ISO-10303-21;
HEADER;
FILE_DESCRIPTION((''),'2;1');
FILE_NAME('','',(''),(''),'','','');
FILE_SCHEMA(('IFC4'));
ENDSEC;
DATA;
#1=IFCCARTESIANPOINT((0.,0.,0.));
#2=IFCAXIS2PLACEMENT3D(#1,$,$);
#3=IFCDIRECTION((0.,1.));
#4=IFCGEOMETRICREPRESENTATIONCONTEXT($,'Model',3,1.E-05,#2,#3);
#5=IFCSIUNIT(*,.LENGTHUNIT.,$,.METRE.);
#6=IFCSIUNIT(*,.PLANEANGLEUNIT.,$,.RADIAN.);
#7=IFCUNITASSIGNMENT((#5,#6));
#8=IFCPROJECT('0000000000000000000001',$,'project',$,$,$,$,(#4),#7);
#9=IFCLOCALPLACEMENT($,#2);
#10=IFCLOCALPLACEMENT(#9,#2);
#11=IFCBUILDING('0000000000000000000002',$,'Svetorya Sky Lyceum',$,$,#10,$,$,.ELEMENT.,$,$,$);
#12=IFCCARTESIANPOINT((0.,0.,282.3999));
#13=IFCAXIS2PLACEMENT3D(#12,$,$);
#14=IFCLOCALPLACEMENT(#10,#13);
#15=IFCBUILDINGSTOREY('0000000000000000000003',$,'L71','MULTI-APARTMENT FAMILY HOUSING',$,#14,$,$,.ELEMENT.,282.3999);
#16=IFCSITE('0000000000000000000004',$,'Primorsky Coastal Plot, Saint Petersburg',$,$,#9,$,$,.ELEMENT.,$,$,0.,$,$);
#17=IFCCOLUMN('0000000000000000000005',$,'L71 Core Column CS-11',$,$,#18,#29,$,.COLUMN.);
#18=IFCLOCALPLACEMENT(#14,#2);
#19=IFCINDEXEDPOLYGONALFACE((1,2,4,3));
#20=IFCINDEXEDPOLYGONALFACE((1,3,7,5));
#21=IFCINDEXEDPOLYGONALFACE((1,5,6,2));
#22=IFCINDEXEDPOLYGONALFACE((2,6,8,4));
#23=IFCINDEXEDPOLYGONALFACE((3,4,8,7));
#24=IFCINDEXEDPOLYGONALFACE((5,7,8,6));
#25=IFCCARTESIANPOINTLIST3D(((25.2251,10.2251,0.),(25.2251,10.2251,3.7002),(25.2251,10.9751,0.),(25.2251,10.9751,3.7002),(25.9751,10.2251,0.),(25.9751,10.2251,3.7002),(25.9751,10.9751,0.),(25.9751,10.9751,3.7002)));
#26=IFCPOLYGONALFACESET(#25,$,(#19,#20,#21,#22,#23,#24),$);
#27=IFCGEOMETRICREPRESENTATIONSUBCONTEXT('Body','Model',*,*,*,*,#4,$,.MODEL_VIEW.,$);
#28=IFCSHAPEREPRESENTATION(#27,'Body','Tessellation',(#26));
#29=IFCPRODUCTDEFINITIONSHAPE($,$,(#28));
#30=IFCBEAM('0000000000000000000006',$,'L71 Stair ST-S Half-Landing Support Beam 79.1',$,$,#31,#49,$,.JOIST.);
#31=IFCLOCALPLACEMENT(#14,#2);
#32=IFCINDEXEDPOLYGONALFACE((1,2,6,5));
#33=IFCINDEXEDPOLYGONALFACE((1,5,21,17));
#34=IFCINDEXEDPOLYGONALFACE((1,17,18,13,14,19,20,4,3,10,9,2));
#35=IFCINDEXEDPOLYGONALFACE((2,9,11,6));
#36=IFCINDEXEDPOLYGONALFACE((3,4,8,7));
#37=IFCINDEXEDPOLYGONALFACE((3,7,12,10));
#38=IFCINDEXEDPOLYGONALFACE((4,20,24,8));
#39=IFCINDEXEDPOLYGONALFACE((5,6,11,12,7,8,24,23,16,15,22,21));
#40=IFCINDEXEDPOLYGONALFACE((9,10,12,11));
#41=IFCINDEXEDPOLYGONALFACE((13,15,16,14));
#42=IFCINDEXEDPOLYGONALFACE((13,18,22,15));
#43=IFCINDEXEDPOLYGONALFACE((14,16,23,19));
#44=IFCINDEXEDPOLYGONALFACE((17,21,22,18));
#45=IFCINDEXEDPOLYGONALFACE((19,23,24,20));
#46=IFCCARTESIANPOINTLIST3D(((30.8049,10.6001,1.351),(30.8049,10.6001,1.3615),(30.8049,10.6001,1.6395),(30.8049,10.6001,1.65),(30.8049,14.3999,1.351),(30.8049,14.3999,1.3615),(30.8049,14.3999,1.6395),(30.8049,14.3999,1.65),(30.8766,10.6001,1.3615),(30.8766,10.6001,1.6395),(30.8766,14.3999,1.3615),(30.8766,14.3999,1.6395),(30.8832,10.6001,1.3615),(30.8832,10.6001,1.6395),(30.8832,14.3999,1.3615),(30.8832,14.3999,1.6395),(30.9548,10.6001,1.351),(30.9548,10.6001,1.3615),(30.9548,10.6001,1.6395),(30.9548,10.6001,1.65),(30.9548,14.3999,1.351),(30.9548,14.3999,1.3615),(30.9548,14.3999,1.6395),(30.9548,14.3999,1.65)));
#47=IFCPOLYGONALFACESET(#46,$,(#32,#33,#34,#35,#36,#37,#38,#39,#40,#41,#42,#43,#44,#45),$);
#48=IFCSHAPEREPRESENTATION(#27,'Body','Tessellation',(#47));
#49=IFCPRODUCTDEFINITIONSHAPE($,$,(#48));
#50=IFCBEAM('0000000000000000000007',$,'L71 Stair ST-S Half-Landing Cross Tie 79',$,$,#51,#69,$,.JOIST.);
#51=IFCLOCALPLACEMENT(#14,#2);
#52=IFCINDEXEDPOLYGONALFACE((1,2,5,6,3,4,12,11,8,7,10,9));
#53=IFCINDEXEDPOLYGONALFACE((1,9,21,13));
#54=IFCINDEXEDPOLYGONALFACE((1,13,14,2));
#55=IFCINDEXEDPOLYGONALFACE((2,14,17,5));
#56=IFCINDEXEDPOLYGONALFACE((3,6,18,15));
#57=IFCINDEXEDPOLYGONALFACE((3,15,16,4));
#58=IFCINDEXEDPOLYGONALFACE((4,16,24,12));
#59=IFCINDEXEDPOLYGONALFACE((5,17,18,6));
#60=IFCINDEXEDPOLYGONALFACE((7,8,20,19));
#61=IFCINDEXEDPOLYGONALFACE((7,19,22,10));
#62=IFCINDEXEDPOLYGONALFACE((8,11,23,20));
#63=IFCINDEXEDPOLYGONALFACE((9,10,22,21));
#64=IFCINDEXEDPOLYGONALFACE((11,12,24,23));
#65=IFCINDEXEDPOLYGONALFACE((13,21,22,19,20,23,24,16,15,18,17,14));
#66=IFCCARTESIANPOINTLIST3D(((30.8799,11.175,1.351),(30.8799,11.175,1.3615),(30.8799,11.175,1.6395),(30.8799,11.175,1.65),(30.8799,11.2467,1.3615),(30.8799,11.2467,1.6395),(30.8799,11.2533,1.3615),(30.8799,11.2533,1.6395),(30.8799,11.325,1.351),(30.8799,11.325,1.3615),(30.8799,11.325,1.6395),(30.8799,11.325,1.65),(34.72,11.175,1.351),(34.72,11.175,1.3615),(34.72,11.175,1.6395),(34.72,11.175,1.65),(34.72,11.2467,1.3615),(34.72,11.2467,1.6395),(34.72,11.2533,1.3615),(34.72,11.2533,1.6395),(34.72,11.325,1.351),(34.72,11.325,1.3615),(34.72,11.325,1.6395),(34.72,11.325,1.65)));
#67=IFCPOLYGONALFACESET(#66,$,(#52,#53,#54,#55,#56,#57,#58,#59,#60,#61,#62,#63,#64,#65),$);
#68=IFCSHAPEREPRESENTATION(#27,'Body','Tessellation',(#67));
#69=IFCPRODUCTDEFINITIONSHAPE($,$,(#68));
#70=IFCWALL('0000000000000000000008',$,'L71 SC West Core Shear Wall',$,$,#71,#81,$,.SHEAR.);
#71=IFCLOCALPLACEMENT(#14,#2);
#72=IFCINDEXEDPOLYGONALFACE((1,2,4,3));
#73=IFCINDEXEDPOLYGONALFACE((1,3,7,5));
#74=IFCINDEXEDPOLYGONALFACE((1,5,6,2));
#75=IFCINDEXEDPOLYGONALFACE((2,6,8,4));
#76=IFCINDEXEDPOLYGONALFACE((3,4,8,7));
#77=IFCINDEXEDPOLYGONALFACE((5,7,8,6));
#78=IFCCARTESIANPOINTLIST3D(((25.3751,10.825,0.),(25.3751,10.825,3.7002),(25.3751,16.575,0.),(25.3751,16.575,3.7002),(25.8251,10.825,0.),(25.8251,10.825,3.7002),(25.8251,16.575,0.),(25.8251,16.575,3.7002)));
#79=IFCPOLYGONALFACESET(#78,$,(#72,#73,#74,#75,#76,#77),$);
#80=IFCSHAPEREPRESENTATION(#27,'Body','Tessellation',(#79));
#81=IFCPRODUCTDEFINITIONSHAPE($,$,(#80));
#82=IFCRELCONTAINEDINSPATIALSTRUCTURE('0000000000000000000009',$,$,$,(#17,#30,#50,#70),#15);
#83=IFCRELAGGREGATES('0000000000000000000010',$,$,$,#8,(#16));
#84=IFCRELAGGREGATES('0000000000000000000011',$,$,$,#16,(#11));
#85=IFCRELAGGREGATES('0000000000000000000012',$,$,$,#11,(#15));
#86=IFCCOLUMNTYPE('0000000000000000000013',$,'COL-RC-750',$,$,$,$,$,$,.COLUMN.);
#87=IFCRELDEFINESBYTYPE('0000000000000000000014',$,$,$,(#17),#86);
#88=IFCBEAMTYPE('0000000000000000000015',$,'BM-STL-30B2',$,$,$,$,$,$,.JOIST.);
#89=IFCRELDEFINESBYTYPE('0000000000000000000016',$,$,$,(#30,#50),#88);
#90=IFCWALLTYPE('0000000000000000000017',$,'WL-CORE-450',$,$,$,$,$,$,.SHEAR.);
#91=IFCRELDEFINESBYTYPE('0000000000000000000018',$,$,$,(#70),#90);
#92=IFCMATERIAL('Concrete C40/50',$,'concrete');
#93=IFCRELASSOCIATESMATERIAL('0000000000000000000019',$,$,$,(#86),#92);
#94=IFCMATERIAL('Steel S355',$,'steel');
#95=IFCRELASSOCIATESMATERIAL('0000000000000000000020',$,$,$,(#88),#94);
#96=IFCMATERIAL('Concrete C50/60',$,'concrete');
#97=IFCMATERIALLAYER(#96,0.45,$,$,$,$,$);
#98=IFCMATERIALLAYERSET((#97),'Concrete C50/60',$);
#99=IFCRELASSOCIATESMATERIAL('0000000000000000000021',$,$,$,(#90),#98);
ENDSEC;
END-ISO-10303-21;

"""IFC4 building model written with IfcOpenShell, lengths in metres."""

from ifc_helpers import new_model, si_unit, direction, frame, frame_2d, origin, origin_2d, place, context, subcontext, project, spatial, rectangle, i_section, extrude, material, layer, layer_set, material_profile, profile_set, type_object, element, save


model = new_model("IFC4")

# Units and contexts
model_context = context("Model", 3, precision=1e-05, world=origin(), true_north=direction((0.0, 1.0)))
body_context = subcontext(model_context, "Body", "Model", "MODEL_VIEW")
ifc_project = project(units=[si_unit("LENGTHUNIT", "METRE"), si_unit("PLANEANGLEUNIT", "RADIAN")], contexts=[model_context])

# Site, building, storey
site_placement = place(None, origin())
site = spatial("IfcSite", under=ifc_project, at=site_placement, Name="Primorsky Coastal Plot, Saint Petersburg", CompositionType="ELEMENT", RefElevation=0.0)
building_placement = place(site_placement, origin())
building = spatial("IfcBuilding", under=site, at=building_placement, Name="Svetorya Sky Lyceum", CompositionType="ELEMENT")
storey_placement = place(building_placement, frame((0.0, 0.0, 282.3999)))
storey = spatial("IfcBuildingStorey", under=building, at=storey_placement, Name="L71", Description="MULTI-APARTMENT FAMILY HOUSING", CompositionType="ELEMENT", Elevation=282.3999)

# Column
ifc_material_1 = material(Name="Concrete C40/50", Category="concrete")
ifc_material_profile_1 = material_profile(ifc_material_1, rectangle(XDim=0.75, YDim=0.75, at=origin_2d()), Name="RC COL 750x750")
ifc_profile_set_1 = profile_set([ifc_material_profile_1], Name="Concrete C40/50")
column_type = type_object("IfcColumnType", Name="COL-RC-750", PredefinedType="COLUMN", material=ifc_profile_set_1)
column_placement = place(storey_placement, frame((25.6001, 10.6001, 0.0), z_axis=(0.0, 0.0, 1.0), x_axis=(1.0, 0.0, 0.0)))
element("IfcColumn", 1, at=column_placement, inside=storey, type_object=column_type, Name="L71 Core Column CS-11", PredefinedType="COLUMN", context=body_context, shape_type="SweptSolid", body=[
    extrude(rectangle(XDim=0.75, YDim=0.75, at=origin_2d()), origin(), (0.0, 0.0, 1.0), 3.7002),
])

# Beams
ifc_material_2 = material(Name="Steel S355", Category="steel")
ifc_material_profile_2 = material_profile(ifc_material_2, i_section(OverallWidth=0.1499, OverallDepth=0.2991, WebThickness=0.0066, FlangeThickness=0.0105, at=origin_2d()), Name="GOST 30B2")
ifc_profile_set_2 = profile_set([ifc_material_profile_2], Name="Steel S355")
beam_type = type_object("IfcBeamType", Name="BM-STL-30B2", PredefinedType="JOIST", material=ifc_profile_set_2)
beam_1_placement = place(storey_placement, frame((30.8799, 10.6001, 1.5005), z_axis=(0.0, 1.0, 0.0), x_axis=(-1.0, 0.0, 0.0)))
element("IfcBeam", 2, at=beam_1_placement, inside=storey, type_object=beam_type, Name="L71 Stair ST-S Half-Landing Support Beam 79.1", PredefinedType="JOIST", context=body_context, shape_type="SweptSolid", body=[
    extrude(i_section(OverallWidth=0.1499, OverallDepth=0.2991, WebThickness=0.0066, FlangeThickness=0.0105, at=origin_2d()), origin(), (0.0, 0.0, 1.0), 3.7998),
])
beam_2_placement = place(storey_placement, frame((30.8799, 11.25, 1.5005), z_axis=(1.0, 0.0, 0.0), x_axis=(0.0, 1.0, 0.0)))
element("IfcBeam", 3, at=beam_2_placement, inside=storey, type_object=beam_type, Name="L71 Stair ST-S Half-Landing Cross Tie 79", PredefinedType="JOIST", context=body_context, shape_type="SweptSolid", body=[
    extrude(i_section(OverallWidth=0.1499, OverallDepth=0.2991, WebThickness=0.0066, FlangeThickness=0.0105, at=origin_2d()), origin(), (0.0, 0.0, 1.0), 3.8401),
])

# Wall
ifc_material_3 = material(Name="Concrete C50/60", Category="concrete")
ifc_layer_1 = layer(ifc_material_3, 0.45)
ifc_layer_set_1 = layer_set([ifc_layer_1], Name="Concrete C50/60")
wall_type_1 = type_object("IfcWallType", Name="WL-CORE-450", PredefinedType="SHEAR", material=ifc_layer_set_1)
wall_1_placement = place(storey_placement, frame((25.6001, 10.825, 0.0), z_axis=(0.0, 0.0, 1.0), x_axis=(0.0, 1.0, 0.0)))
element("IfcWall", 4, at=wall_1_placement, inside=storey, type_object=wall_type_1, Name="L71 SC West Core Shear Wall", PredefinedType="SHEAR", context=body_context, shape_type="SweptSolid", body=[
    extrude(rectangle(XDim=5.75, YDim=0.45, at=frame_2d((2.875, 0.0))), origin(), (0.0, 0.0, 1.0), 3.7002),
])

save(model, "model.ifc")
